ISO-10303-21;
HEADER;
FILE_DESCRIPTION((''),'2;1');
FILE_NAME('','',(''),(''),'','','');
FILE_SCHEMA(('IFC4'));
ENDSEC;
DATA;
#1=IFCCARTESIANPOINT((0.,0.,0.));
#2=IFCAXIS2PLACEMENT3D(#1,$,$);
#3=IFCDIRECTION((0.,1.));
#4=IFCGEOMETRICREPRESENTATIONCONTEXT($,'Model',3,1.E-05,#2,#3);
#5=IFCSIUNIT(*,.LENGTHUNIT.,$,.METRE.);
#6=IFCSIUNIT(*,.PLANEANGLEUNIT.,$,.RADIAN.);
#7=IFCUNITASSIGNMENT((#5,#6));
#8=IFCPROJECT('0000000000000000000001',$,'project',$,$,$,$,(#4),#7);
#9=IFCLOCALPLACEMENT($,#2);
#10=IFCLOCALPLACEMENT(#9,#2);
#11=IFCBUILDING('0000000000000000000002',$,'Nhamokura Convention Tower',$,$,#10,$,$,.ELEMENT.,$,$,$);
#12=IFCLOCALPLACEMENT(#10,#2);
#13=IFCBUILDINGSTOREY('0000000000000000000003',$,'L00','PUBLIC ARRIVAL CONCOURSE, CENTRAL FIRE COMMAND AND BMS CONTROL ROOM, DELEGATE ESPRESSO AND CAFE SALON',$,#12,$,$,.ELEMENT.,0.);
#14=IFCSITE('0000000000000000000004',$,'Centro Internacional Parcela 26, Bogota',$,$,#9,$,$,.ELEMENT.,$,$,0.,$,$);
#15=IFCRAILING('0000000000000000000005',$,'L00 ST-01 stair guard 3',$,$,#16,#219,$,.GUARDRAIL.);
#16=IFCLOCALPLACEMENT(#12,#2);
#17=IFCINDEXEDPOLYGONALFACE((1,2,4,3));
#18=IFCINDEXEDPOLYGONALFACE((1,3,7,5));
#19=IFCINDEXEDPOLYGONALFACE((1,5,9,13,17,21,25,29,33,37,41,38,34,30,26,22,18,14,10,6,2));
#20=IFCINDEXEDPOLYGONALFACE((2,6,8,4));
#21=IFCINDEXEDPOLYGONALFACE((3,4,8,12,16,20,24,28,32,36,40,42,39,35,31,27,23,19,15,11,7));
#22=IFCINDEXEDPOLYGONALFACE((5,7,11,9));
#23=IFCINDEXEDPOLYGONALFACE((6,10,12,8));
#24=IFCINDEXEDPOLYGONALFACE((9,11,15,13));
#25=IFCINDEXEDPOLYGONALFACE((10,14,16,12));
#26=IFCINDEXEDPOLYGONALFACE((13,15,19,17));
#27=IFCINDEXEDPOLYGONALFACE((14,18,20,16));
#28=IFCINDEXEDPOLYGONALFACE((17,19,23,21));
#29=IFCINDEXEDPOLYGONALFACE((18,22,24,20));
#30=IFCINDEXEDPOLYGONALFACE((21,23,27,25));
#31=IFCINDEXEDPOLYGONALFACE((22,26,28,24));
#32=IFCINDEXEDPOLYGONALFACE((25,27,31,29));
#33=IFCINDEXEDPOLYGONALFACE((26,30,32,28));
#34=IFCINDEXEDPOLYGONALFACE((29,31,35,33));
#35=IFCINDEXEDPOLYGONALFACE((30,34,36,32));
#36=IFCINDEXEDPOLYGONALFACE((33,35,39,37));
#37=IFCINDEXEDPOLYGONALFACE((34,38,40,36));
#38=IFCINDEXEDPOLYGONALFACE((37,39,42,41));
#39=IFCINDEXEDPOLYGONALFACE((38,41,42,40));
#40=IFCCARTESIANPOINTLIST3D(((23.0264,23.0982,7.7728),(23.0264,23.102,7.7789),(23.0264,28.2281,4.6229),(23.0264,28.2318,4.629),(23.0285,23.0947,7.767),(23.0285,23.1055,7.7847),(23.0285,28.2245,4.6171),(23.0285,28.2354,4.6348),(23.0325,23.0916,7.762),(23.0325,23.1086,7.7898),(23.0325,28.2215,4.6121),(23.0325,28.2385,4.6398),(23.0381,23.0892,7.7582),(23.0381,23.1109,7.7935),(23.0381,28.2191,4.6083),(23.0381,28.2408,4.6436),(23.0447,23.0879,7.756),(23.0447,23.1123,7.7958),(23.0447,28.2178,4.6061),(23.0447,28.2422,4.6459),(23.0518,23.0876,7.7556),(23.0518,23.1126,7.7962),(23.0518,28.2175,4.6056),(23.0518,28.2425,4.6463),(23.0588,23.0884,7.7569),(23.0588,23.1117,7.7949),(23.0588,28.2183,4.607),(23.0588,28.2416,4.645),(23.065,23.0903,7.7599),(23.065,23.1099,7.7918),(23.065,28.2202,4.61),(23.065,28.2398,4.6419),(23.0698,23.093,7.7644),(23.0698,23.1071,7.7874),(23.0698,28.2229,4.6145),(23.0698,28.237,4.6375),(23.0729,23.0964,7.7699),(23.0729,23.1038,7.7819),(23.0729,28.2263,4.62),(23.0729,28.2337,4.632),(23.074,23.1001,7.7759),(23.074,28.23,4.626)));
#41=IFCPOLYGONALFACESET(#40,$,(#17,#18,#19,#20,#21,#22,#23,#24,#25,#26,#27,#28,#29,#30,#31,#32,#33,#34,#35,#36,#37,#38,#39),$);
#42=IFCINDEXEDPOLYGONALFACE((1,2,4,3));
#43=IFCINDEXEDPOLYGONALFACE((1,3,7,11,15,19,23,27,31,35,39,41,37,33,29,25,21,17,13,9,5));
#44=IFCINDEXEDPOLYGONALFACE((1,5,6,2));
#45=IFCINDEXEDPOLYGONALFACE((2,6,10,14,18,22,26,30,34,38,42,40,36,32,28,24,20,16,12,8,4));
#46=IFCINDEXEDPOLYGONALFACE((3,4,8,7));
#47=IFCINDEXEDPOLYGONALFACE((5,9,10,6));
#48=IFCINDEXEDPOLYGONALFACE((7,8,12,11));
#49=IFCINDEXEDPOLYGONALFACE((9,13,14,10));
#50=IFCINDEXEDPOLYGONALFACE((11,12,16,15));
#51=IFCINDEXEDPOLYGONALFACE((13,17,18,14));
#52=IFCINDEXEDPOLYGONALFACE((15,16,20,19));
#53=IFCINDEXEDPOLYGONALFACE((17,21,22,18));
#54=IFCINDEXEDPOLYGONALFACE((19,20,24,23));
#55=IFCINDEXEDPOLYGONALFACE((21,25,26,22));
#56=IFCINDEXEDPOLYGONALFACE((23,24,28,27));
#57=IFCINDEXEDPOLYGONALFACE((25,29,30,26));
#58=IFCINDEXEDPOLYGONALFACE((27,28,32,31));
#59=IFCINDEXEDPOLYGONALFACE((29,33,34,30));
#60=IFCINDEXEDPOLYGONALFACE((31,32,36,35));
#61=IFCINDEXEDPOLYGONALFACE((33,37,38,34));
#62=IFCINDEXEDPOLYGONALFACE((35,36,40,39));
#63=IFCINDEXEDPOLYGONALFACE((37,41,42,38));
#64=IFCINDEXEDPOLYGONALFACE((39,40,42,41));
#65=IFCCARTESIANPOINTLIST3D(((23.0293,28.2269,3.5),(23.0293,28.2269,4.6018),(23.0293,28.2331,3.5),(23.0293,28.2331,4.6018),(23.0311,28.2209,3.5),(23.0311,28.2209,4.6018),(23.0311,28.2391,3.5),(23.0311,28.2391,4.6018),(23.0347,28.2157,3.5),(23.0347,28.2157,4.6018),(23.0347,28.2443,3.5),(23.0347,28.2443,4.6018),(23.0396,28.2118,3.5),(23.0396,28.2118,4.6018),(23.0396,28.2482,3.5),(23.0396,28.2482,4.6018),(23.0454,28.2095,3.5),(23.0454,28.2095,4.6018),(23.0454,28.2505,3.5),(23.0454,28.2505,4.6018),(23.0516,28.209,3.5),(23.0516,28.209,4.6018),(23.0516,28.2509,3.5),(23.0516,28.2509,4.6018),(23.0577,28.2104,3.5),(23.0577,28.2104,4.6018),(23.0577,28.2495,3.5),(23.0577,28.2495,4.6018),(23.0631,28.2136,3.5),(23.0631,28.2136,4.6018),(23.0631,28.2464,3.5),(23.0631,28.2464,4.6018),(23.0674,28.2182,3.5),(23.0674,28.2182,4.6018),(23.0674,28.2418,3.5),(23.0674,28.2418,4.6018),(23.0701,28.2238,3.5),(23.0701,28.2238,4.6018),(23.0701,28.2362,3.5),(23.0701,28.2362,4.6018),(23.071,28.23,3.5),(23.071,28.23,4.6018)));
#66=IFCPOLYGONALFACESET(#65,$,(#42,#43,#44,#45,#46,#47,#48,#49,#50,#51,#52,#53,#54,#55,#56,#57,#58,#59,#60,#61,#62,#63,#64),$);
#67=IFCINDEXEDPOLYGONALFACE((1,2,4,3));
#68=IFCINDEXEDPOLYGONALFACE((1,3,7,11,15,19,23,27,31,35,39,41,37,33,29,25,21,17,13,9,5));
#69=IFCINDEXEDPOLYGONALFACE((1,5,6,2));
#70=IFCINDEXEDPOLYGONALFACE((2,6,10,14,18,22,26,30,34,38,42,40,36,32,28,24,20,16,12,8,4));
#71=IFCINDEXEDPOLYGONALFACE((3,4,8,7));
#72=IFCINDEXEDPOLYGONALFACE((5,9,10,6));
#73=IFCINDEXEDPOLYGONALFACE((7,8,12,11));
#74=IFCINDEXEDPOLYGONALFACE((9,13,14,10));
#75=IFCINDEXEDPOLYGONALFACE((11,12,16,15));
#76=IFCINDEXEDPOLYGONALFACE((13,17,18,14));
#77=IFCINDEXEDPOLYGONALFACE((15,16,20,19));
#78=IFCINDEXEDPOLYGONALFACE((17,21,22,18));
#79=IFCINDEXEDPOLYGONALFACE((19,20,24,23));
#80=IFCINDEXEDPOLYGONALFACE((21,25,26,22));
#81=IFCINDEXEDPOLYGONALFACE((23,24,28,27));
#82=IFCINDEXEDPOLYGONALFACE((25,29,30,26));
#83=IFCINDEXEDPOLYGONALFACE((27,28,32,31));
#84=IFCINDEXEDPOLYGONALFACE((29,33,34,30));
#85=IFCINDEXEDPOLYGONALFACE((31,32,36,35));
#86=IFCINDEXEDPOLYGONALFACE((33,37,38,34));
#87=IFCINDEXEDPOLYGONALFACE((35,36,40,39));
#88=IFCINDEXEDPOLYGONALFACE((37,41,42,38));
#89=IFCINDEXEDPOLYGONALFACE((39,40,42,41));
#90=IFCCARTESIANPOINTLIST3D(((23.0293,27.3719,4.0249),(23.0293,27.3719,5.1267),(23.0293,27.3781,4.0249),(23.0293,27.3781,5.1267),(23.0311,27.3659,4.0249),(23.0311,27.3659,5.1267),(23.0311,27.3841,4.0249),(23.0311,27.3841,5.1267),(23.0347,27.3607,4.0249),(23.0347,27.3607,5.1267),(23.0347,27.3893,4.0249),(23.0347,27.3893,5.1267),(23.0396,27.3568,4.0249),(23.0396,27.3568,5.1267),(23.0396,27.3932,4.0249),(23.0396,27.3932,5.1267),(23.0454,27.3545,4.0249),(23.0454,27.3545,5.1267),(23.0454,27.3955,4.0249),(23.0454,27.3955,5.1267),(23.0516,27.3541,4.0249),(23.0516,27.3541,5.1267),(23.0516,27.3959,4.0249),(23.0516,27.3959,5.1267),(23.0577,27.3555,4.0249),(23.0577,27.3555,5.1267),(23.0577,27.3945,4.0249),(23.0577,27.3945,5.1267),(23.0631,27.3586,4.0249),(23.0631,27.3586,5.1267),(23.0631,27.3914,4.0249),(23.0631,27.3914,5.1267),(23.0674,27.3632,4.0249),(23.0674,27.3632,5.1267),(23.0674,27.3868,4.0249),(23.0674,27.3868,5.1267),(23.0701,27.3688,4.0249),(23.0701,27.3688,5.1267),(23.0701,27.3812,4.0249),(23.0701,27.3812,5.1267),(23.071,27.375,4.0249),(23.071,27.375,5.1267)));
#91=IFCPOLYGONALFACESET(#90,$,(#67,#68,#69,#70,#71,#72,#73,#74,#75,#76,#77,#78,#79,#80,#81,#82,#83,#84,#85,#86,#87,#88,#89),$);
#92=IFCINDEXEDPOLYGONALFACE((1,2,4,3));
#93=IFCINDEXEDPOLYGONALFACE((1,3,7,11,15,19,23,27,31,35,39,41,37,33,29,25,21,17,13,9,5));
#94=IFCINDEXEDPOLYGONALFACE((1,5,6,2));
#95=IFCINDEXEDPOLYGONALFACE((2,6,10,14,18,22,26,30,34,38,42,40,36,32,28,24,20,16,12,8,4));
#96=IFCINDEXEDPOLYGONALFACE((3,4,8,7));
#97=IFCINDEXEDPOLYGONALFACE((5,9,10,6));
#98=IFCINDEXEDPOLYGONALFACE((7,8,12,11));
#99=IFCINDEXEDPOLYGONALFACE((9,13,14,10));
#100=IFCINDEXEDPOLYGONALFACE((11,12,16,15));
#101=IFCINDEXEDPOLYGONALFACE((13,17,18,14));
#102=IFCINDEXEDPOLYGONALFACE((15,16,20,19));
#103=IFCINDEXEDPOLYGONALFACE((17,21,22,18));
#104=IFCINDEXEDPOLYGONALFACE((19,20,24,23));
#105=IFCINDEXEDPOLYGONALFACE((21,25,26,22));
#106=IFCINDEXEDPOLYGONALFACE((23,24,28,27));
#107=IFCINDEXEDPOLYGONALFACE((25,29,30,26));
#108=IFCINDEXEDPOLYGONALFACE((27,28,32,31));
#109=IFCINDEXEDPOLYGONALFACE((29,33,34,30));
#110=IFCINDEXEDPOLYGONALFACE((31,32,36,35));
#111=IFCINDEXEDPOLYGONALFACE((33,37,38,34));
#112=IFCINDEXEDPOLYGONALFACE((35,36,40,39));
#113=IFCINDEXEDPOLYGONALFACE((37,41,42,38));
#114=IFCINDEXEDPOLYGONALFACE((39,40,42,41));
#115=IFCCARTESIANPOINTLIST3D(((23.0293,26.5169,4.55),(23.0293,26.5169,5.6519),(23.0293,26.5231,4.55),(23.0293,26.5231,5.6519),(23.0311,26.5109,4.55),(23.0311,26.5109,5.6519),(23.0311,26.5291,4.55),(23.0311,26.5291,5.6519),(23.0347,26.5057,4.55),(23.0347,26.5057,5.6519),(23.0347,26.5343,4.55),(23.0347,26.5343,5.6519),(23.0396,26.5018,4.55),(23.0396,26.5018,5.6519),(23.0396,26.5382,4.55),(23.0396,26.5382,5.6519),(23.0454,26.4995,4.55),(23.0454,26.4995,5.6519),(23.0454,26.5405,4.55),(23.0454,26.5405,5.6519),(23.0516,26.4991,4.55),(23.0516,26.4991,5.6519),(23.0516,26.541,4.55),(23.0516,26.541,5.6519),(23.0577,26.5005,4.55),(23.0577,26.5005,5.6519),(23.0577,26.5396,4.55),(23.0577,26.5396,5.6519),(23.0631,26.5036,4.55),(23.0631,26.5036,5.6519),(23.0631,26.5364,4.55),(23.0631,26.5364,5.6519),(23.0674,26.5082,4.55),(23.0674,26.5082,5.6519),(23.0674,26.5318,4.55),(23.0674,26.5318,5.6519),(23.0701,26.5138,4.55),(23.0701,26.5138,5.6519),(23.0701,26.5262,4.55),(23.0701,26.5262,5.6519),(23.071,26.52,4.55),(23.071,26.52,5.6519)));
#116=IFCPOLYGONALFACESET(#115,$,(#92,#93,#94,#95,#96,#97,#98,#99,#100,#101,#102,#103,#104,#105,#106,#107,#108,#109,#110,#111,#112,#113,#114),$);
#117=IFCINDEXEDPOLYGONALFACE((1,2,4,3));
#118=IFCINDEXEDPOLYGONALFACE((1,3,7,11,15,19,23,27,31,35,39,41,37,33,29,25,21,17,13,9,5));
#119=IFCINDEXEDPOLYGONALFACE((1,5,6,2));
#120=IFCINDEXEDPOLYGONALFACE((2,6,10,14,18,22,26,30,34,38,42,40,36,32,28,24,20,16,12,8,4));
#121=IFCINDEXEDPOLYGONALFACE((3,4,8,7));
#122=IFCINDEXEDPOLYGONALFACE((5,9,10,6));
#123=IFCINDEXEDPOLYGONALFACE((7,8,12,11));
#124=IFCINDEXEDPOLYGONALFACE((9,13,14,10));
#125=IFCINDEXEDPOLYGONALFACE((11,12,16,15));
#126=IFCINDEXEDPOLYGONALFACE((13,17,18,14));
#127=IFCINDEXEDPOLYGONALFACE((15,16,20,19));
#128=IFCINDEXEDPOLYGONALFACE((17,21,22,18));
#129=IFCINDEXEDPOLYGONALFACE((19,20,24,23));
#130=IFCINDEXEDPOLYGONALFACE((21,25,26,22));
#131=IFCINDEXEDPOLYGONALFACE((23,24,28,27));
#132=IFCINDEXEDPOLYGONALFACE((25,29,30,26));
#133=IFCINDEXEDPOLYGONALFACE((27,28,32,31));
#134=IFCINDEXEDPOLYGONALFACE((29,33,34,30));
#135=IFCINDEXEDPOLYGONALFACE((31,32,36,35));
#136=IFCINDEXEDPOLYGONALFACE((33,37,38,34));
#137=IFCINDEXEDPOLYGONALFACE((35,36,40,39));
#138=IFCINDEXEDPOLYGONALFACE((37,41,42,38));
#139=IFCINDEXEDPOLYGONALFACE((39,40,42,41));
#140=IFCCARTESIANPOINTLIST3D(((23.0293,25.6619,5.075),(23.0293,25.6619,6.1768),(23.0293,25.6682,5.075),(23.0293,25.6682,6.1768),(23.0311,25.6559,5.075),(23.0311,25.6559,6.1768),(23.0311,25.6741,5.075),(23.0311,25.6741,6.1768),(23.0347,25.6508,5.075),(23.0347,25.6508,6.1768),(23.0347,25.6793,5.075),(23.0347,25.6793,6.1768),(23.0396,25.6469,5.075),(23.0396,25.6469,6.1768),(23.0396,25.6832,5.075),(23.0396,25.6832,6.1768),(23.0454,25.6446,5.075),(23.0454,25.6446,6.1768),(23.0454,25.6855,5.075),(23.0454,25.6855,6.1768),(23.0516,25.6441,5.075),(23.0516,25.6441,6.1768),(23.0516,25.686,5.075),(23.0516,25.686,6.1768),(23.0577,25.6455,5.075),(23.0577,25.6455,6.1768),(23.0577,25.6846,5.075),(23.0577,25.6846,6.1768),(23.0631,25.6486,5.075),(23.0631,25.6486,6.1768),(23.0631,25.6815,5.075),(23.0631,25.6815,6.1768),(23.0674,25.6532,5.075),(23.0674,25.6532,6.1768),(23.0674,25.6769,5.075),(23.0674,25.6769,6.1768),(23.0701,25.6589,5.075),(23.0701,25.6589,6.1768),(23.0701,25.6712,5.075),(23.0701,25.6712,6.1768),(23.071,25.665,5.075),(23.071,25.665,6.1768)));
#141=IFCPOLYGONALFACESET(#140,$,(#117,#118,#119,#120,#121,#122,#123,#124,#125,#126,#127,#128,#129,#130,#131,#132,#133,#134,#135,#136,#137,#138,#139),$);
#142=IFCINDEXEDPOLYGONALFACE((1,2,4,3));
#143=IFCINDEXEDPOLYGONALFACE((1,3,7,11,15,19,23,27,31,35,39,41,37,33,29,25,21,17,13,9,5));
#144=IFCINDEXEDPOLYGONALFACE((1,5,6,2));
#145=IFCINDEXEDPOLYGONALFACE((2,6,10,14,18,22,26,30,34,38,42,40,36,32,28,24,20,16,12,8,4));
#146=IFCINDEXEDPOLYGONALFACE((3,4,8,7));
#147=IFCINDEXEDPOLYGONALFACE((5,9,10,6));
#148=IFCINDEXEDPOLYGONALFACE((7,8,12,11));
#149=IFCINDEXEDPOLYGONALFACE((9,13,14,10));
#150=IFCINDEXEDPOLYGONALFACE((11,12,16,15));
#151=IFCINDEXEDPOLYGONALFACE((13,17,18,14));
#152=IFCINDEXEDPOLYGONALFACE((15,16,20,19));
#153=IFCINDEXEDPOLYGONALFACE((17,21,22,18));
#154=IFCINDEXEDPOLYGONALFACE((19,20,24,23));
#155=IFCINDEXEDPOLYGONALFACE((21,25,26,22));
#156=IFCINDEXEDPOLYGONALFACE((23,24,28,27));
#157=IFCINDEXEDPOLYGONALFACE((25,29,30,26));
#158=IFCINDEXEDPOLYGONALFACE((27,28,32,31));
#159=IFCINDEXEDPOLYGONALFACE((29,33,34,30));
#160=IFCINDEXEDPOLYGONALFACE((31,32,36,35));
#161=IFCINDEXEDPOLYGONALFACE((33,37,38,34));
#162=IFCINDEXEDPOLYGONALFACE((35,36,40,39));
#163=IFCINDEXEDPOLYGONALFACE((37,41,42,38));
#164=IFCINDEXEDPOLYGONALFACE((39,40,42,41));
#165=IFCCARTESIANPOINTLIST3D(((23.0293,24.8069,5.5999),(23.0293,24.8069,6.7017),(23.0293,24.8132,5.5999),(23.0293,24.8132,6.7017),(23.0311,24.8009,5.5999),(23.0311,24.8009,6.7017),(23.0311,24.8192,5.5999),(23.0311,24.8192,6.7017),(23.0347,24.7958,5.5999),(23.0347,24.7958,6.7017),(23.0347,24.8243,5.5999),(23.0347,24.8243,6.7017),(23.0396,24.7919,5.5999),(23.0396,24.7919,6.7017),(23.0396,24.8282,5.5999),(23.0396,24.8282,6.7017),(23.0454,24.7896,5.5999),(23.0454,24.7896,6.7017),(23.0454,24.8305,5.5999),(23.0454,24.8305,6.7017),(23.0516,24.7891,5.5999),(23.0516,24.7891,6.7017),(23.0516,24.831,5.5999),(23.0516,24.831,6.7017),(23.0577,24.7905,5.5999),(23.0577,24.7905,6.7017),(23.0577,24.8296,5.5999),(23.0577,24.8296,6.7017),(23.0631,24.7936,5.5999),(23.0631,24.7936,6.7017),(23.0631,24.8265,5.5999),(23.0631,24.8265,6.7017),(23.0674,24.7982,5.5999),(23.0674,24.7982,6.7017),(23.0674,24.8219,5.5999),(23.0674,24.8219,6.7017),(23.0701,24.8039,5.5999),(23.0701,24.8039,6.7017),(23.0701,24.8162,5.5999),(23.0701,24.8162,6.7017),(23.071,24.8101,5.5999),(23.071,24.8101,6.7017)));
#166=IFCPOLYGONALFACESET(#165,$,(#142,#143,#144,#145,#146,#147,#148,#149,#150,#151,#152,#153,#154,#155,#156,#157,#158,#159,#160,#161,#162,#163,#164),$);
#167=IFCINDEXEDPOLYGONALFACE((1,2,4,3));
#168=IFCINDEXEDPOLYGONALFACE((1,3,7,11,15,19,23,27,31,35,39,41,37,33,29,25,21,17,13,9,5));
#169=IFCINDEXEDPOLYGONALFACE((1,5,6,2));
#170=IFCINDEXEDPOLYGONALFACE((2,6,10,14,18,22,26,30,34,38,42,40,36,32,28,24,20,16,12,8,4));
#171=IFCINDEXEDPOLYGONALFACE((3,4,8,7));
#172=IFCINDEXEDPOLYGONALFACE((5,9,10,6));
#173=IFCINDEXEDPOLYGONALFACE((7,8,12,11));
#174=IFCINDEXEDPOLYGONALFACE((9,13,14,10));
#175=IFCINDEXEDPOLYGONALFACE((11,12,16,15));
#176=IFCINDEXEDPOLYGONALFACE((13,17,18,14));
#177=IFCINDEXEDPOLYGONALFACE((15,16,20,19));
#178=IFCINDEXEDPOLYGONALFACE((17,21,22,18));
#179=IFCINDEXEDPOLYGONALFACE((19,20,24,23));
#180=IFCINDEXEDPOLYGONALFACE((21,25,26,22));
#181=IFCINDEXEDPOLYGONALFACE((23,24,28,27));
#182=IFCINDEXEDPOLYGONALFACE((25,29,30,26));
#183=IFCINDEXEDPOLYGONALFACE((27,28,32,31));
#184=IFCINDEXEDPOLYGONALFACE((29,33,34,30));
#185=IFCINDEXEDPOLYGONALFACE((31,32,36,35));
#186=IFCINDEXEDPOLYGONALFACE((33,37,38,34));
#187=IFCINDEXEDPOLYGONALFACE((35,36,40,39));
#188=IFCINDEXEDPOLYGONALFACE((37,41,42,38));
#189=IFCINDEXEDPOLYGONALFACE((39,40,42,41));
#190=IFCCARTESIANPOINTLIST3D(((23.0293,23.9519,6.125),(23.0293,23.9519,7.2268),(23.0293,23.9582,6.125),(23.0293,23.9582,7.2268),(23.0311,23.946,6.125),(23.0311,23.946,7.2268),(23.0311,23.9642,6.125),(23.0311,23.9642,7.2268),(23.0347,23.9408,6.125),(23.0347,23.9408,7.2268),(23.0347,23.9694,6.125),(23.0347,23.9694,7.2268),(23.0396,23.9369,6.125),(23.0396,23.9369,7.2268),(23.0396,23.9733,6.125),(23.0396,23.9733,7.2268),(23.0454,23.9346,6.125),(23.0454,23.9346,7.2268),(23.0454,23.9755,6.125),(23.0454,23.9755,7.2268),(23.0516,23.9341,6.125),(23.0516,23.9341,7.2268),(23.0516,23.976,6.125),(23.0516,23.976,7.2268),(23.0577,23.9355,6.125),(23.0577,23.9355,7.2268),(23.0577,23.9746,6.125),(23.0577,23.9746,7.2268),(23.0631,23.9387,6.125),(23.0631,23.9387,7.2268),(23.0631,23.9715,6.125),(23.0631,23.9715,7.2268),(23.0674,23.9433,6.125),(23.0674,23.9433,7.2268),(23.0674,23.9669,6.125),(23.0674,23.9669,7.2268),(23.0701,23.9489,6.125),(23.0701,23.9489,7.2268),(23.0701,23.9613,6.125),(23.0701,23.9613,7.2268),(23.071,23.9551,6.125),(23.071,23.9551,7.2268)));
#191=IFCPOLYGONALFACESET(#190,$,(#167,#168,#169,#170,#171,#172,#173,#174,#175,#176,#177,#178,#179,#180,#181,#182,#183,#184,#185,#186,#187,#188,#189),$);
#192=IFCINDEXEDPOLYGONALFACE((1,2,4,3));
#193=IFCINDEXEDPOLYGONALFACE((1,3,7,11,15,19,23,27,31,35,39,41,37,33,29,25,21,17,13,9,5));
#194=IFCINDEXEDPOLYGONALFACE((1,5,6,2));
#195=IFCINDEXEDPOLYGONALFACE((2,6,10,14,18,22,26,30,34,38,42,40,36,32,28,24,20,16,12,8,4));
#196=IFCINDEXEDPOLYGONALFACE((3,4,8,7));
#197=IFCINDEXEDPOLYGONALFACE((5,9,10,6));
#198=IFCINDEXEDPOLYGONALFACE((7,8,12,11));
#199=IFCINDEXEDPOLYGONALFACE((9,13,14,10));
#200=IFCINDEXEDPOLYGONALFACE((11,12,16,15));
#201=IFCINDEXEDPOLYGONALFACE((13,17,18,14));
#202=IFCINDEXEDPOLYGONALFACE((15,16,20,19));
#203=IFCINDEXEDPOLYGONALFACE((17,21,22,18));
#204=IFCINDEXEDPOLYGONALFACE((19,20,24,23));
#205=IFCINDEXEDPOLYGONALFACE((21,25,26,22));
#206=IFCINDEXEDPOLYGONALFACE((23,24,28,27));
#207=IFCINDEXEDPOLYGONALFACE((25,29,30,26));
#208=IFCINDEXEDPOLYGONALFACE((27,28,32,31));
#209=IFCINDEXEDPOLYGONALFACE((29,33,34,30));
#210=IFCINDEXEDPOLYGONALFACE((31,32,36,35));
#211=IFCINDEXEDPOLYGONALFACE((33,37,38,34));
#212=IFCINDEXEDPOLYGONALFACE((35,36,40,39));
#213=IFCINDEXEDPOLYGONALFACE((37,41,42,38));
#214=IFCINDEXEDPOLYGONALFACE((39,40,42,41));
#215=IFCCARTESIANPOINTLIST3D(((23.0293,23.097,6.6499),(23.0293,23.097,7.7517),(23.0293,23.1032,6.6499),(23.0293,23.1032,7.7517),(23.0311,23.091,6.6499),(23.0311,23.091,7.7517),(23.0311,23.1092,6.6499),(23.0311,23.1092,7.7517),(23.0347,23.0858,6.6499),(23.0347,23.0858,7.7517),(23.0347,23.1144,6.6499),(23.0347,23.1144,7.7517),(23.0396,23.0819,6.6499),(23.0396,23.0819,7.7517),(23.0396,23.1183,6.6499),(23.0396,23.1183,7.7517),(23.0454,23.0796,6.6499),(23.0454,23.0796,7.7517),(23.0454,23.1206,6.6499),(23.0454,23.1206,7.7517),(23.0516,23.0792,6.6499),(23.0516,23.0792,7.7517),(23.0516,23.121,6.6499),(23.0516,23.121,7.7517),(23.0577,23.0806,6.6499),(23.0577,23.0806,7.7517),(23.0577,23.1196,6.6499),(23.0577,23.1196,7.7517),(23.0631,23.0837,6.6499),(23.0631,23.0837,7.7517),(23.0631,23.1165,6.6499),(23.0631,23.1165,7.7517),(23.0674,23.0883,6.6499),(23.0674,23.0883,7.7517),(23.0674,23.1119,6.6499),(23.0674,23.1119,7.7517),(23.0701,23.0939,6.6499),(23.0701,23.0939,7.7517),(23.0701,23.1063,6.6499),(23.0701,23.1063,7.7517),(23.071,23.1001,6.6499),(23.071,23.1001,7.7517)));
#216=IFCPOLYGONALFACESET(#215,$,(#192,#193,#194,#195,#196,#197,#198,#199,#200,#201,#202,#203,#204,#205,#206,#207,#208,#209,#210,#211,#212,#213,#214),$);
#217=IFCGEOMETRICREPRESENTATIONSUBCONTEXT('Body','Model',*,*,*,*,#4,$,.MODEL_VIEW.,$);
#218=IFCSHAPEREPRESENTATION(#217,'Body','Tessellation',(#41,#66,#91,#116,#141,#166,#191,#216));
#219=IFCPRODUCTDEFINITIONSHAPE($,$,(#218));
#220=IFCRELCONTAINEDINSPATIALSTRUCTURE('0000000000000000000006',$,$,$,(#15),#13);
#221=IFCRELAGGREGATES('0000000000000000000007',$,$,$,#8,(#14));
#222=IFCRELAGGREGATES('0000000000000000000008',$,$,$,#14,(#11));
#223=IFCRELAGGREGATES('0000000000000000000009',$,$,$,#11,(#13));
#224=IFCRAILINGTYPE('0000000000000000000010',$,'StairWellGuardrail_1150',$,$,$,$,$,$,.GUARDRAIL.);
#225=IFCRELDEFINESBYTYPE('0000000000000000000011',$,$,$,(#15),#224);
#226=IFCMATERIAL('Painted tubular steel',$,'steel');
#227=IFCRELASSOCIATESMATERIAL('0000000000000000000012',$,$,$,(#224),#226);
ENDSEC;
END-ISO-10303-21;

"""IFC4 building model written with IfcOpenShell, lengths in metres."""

from ifc_helpers import new_model, si_unit, direction, frame, origin, origin_2d, place, context, subcontext, project, spatial, circle, extrude, material, type_object, element, save


model = new_model("IFC4")

# Units and contexts
model_context = context("Model", 3, precision=1e-05, world=origin(), true_north=direction((0.0, 1.0)))
body_context = subcontext(model_context, "Body", "Model", "MODEL_VIEW")
ifc_project = project(units=[si_unit("LENGTHUNIT", "METRE"), si_unit("PLANEANGLEUNIT", "RADIAN")], contexts=[model_context])

# Site, building, storey
site_placement = place(None, origin())
site = spatial("IfcSite", under=ifc_project, at=site_placement, Name="Centro Internacional Parcela 26, Bogota", CompositionType="ELEMENT", RefElevation=0.0)
building_placement = place(site_placement, origin())
building = spatial("IfcBuilding", under=site, at=building_placement, Name="Nhamokura Convention Tower", CompositionType="ELEMENT")
storey_placement = place(building_placement, origin())
storey = spatial("IfcBuildingStorey", under=building, at=storey_placement, Name="L00", Description="PUBLIC ARRIVAL CONCOURSE, CENTRAL FIRE COMMAND AND BMS CONTROL ROOM, DELEGATE ESPRESSO AND CAFE SALON", CompositionType="ELEMENT", Elevation=0.0)

# Railing
ifc_material_1 = material(Name="Painted tubular steel", Category="steel")
railing_type_1 = type_object("IfcRailingType", Name="StairWellGuardrail_1150", PredefinedType="GUARDRAIL", material=ifc_material_1)
railing_1_placement = place(storey_placement, frame((23.05, 28.23, 3.5)))
element("IfcRailing", 1, at=railing_1_placement, inside=storey, type_object=railing_type_1, Name="L00 ST-01 stair guard 3", PredefinedType="GUARDRAIL", context=body_context, shape_type="SweptSolid", body=[
    extrude(circle(Radius=0.0239, at=origin_2d()), frame((0.0, 0.0, 1.126), z_axis=(0.0, -0.852173, 0.52326), x_axis=(1.0, 0.0, 0.0)), (0.0, 0.0, 1.0), 6.0198),
    extrude(circle(Radius=0.021, at=origin_2d()), origin(), (0.0, 0.0, 1.0), 1.1018),
    extrude(circle(Radius=0.021, at=origin_2d()), frame((0.0, -0.855, 0.5249)), (0.0, 0.0, 1.0), 1.1018),
    extrude(circle(Radius=0.021, at=origin_2d()), frame((0.0, -1.71, 1.05)), (0.0, 0.0, 1.0), 1.1018),
    extrude(circle(Radius=0.021, at=origin_2d()), frame((0.0, -2.5649, 1.575)), (0.0, 0.0, 1.0), 1.1018),
    extrude(circle(Radius=0.021, at=origin_2d()), frame((0.0, -3.4199, 2.0999)), (0.0, 0.0, 1.0), 1.1018),
    extrude(circle(Radius=0.021, at=origin_2d()), frame((0.0, -4.2749, 2.625)), (0.0, 0.0, 1.0), 1.1018),
    extrude(circle(Radius=0.021, at=origin_2d()), frame((0.0, -5.1299, 3.1499)), (0.0, 0.0, 1.0), 1.1018),
])

save(model, "model.ifc")
